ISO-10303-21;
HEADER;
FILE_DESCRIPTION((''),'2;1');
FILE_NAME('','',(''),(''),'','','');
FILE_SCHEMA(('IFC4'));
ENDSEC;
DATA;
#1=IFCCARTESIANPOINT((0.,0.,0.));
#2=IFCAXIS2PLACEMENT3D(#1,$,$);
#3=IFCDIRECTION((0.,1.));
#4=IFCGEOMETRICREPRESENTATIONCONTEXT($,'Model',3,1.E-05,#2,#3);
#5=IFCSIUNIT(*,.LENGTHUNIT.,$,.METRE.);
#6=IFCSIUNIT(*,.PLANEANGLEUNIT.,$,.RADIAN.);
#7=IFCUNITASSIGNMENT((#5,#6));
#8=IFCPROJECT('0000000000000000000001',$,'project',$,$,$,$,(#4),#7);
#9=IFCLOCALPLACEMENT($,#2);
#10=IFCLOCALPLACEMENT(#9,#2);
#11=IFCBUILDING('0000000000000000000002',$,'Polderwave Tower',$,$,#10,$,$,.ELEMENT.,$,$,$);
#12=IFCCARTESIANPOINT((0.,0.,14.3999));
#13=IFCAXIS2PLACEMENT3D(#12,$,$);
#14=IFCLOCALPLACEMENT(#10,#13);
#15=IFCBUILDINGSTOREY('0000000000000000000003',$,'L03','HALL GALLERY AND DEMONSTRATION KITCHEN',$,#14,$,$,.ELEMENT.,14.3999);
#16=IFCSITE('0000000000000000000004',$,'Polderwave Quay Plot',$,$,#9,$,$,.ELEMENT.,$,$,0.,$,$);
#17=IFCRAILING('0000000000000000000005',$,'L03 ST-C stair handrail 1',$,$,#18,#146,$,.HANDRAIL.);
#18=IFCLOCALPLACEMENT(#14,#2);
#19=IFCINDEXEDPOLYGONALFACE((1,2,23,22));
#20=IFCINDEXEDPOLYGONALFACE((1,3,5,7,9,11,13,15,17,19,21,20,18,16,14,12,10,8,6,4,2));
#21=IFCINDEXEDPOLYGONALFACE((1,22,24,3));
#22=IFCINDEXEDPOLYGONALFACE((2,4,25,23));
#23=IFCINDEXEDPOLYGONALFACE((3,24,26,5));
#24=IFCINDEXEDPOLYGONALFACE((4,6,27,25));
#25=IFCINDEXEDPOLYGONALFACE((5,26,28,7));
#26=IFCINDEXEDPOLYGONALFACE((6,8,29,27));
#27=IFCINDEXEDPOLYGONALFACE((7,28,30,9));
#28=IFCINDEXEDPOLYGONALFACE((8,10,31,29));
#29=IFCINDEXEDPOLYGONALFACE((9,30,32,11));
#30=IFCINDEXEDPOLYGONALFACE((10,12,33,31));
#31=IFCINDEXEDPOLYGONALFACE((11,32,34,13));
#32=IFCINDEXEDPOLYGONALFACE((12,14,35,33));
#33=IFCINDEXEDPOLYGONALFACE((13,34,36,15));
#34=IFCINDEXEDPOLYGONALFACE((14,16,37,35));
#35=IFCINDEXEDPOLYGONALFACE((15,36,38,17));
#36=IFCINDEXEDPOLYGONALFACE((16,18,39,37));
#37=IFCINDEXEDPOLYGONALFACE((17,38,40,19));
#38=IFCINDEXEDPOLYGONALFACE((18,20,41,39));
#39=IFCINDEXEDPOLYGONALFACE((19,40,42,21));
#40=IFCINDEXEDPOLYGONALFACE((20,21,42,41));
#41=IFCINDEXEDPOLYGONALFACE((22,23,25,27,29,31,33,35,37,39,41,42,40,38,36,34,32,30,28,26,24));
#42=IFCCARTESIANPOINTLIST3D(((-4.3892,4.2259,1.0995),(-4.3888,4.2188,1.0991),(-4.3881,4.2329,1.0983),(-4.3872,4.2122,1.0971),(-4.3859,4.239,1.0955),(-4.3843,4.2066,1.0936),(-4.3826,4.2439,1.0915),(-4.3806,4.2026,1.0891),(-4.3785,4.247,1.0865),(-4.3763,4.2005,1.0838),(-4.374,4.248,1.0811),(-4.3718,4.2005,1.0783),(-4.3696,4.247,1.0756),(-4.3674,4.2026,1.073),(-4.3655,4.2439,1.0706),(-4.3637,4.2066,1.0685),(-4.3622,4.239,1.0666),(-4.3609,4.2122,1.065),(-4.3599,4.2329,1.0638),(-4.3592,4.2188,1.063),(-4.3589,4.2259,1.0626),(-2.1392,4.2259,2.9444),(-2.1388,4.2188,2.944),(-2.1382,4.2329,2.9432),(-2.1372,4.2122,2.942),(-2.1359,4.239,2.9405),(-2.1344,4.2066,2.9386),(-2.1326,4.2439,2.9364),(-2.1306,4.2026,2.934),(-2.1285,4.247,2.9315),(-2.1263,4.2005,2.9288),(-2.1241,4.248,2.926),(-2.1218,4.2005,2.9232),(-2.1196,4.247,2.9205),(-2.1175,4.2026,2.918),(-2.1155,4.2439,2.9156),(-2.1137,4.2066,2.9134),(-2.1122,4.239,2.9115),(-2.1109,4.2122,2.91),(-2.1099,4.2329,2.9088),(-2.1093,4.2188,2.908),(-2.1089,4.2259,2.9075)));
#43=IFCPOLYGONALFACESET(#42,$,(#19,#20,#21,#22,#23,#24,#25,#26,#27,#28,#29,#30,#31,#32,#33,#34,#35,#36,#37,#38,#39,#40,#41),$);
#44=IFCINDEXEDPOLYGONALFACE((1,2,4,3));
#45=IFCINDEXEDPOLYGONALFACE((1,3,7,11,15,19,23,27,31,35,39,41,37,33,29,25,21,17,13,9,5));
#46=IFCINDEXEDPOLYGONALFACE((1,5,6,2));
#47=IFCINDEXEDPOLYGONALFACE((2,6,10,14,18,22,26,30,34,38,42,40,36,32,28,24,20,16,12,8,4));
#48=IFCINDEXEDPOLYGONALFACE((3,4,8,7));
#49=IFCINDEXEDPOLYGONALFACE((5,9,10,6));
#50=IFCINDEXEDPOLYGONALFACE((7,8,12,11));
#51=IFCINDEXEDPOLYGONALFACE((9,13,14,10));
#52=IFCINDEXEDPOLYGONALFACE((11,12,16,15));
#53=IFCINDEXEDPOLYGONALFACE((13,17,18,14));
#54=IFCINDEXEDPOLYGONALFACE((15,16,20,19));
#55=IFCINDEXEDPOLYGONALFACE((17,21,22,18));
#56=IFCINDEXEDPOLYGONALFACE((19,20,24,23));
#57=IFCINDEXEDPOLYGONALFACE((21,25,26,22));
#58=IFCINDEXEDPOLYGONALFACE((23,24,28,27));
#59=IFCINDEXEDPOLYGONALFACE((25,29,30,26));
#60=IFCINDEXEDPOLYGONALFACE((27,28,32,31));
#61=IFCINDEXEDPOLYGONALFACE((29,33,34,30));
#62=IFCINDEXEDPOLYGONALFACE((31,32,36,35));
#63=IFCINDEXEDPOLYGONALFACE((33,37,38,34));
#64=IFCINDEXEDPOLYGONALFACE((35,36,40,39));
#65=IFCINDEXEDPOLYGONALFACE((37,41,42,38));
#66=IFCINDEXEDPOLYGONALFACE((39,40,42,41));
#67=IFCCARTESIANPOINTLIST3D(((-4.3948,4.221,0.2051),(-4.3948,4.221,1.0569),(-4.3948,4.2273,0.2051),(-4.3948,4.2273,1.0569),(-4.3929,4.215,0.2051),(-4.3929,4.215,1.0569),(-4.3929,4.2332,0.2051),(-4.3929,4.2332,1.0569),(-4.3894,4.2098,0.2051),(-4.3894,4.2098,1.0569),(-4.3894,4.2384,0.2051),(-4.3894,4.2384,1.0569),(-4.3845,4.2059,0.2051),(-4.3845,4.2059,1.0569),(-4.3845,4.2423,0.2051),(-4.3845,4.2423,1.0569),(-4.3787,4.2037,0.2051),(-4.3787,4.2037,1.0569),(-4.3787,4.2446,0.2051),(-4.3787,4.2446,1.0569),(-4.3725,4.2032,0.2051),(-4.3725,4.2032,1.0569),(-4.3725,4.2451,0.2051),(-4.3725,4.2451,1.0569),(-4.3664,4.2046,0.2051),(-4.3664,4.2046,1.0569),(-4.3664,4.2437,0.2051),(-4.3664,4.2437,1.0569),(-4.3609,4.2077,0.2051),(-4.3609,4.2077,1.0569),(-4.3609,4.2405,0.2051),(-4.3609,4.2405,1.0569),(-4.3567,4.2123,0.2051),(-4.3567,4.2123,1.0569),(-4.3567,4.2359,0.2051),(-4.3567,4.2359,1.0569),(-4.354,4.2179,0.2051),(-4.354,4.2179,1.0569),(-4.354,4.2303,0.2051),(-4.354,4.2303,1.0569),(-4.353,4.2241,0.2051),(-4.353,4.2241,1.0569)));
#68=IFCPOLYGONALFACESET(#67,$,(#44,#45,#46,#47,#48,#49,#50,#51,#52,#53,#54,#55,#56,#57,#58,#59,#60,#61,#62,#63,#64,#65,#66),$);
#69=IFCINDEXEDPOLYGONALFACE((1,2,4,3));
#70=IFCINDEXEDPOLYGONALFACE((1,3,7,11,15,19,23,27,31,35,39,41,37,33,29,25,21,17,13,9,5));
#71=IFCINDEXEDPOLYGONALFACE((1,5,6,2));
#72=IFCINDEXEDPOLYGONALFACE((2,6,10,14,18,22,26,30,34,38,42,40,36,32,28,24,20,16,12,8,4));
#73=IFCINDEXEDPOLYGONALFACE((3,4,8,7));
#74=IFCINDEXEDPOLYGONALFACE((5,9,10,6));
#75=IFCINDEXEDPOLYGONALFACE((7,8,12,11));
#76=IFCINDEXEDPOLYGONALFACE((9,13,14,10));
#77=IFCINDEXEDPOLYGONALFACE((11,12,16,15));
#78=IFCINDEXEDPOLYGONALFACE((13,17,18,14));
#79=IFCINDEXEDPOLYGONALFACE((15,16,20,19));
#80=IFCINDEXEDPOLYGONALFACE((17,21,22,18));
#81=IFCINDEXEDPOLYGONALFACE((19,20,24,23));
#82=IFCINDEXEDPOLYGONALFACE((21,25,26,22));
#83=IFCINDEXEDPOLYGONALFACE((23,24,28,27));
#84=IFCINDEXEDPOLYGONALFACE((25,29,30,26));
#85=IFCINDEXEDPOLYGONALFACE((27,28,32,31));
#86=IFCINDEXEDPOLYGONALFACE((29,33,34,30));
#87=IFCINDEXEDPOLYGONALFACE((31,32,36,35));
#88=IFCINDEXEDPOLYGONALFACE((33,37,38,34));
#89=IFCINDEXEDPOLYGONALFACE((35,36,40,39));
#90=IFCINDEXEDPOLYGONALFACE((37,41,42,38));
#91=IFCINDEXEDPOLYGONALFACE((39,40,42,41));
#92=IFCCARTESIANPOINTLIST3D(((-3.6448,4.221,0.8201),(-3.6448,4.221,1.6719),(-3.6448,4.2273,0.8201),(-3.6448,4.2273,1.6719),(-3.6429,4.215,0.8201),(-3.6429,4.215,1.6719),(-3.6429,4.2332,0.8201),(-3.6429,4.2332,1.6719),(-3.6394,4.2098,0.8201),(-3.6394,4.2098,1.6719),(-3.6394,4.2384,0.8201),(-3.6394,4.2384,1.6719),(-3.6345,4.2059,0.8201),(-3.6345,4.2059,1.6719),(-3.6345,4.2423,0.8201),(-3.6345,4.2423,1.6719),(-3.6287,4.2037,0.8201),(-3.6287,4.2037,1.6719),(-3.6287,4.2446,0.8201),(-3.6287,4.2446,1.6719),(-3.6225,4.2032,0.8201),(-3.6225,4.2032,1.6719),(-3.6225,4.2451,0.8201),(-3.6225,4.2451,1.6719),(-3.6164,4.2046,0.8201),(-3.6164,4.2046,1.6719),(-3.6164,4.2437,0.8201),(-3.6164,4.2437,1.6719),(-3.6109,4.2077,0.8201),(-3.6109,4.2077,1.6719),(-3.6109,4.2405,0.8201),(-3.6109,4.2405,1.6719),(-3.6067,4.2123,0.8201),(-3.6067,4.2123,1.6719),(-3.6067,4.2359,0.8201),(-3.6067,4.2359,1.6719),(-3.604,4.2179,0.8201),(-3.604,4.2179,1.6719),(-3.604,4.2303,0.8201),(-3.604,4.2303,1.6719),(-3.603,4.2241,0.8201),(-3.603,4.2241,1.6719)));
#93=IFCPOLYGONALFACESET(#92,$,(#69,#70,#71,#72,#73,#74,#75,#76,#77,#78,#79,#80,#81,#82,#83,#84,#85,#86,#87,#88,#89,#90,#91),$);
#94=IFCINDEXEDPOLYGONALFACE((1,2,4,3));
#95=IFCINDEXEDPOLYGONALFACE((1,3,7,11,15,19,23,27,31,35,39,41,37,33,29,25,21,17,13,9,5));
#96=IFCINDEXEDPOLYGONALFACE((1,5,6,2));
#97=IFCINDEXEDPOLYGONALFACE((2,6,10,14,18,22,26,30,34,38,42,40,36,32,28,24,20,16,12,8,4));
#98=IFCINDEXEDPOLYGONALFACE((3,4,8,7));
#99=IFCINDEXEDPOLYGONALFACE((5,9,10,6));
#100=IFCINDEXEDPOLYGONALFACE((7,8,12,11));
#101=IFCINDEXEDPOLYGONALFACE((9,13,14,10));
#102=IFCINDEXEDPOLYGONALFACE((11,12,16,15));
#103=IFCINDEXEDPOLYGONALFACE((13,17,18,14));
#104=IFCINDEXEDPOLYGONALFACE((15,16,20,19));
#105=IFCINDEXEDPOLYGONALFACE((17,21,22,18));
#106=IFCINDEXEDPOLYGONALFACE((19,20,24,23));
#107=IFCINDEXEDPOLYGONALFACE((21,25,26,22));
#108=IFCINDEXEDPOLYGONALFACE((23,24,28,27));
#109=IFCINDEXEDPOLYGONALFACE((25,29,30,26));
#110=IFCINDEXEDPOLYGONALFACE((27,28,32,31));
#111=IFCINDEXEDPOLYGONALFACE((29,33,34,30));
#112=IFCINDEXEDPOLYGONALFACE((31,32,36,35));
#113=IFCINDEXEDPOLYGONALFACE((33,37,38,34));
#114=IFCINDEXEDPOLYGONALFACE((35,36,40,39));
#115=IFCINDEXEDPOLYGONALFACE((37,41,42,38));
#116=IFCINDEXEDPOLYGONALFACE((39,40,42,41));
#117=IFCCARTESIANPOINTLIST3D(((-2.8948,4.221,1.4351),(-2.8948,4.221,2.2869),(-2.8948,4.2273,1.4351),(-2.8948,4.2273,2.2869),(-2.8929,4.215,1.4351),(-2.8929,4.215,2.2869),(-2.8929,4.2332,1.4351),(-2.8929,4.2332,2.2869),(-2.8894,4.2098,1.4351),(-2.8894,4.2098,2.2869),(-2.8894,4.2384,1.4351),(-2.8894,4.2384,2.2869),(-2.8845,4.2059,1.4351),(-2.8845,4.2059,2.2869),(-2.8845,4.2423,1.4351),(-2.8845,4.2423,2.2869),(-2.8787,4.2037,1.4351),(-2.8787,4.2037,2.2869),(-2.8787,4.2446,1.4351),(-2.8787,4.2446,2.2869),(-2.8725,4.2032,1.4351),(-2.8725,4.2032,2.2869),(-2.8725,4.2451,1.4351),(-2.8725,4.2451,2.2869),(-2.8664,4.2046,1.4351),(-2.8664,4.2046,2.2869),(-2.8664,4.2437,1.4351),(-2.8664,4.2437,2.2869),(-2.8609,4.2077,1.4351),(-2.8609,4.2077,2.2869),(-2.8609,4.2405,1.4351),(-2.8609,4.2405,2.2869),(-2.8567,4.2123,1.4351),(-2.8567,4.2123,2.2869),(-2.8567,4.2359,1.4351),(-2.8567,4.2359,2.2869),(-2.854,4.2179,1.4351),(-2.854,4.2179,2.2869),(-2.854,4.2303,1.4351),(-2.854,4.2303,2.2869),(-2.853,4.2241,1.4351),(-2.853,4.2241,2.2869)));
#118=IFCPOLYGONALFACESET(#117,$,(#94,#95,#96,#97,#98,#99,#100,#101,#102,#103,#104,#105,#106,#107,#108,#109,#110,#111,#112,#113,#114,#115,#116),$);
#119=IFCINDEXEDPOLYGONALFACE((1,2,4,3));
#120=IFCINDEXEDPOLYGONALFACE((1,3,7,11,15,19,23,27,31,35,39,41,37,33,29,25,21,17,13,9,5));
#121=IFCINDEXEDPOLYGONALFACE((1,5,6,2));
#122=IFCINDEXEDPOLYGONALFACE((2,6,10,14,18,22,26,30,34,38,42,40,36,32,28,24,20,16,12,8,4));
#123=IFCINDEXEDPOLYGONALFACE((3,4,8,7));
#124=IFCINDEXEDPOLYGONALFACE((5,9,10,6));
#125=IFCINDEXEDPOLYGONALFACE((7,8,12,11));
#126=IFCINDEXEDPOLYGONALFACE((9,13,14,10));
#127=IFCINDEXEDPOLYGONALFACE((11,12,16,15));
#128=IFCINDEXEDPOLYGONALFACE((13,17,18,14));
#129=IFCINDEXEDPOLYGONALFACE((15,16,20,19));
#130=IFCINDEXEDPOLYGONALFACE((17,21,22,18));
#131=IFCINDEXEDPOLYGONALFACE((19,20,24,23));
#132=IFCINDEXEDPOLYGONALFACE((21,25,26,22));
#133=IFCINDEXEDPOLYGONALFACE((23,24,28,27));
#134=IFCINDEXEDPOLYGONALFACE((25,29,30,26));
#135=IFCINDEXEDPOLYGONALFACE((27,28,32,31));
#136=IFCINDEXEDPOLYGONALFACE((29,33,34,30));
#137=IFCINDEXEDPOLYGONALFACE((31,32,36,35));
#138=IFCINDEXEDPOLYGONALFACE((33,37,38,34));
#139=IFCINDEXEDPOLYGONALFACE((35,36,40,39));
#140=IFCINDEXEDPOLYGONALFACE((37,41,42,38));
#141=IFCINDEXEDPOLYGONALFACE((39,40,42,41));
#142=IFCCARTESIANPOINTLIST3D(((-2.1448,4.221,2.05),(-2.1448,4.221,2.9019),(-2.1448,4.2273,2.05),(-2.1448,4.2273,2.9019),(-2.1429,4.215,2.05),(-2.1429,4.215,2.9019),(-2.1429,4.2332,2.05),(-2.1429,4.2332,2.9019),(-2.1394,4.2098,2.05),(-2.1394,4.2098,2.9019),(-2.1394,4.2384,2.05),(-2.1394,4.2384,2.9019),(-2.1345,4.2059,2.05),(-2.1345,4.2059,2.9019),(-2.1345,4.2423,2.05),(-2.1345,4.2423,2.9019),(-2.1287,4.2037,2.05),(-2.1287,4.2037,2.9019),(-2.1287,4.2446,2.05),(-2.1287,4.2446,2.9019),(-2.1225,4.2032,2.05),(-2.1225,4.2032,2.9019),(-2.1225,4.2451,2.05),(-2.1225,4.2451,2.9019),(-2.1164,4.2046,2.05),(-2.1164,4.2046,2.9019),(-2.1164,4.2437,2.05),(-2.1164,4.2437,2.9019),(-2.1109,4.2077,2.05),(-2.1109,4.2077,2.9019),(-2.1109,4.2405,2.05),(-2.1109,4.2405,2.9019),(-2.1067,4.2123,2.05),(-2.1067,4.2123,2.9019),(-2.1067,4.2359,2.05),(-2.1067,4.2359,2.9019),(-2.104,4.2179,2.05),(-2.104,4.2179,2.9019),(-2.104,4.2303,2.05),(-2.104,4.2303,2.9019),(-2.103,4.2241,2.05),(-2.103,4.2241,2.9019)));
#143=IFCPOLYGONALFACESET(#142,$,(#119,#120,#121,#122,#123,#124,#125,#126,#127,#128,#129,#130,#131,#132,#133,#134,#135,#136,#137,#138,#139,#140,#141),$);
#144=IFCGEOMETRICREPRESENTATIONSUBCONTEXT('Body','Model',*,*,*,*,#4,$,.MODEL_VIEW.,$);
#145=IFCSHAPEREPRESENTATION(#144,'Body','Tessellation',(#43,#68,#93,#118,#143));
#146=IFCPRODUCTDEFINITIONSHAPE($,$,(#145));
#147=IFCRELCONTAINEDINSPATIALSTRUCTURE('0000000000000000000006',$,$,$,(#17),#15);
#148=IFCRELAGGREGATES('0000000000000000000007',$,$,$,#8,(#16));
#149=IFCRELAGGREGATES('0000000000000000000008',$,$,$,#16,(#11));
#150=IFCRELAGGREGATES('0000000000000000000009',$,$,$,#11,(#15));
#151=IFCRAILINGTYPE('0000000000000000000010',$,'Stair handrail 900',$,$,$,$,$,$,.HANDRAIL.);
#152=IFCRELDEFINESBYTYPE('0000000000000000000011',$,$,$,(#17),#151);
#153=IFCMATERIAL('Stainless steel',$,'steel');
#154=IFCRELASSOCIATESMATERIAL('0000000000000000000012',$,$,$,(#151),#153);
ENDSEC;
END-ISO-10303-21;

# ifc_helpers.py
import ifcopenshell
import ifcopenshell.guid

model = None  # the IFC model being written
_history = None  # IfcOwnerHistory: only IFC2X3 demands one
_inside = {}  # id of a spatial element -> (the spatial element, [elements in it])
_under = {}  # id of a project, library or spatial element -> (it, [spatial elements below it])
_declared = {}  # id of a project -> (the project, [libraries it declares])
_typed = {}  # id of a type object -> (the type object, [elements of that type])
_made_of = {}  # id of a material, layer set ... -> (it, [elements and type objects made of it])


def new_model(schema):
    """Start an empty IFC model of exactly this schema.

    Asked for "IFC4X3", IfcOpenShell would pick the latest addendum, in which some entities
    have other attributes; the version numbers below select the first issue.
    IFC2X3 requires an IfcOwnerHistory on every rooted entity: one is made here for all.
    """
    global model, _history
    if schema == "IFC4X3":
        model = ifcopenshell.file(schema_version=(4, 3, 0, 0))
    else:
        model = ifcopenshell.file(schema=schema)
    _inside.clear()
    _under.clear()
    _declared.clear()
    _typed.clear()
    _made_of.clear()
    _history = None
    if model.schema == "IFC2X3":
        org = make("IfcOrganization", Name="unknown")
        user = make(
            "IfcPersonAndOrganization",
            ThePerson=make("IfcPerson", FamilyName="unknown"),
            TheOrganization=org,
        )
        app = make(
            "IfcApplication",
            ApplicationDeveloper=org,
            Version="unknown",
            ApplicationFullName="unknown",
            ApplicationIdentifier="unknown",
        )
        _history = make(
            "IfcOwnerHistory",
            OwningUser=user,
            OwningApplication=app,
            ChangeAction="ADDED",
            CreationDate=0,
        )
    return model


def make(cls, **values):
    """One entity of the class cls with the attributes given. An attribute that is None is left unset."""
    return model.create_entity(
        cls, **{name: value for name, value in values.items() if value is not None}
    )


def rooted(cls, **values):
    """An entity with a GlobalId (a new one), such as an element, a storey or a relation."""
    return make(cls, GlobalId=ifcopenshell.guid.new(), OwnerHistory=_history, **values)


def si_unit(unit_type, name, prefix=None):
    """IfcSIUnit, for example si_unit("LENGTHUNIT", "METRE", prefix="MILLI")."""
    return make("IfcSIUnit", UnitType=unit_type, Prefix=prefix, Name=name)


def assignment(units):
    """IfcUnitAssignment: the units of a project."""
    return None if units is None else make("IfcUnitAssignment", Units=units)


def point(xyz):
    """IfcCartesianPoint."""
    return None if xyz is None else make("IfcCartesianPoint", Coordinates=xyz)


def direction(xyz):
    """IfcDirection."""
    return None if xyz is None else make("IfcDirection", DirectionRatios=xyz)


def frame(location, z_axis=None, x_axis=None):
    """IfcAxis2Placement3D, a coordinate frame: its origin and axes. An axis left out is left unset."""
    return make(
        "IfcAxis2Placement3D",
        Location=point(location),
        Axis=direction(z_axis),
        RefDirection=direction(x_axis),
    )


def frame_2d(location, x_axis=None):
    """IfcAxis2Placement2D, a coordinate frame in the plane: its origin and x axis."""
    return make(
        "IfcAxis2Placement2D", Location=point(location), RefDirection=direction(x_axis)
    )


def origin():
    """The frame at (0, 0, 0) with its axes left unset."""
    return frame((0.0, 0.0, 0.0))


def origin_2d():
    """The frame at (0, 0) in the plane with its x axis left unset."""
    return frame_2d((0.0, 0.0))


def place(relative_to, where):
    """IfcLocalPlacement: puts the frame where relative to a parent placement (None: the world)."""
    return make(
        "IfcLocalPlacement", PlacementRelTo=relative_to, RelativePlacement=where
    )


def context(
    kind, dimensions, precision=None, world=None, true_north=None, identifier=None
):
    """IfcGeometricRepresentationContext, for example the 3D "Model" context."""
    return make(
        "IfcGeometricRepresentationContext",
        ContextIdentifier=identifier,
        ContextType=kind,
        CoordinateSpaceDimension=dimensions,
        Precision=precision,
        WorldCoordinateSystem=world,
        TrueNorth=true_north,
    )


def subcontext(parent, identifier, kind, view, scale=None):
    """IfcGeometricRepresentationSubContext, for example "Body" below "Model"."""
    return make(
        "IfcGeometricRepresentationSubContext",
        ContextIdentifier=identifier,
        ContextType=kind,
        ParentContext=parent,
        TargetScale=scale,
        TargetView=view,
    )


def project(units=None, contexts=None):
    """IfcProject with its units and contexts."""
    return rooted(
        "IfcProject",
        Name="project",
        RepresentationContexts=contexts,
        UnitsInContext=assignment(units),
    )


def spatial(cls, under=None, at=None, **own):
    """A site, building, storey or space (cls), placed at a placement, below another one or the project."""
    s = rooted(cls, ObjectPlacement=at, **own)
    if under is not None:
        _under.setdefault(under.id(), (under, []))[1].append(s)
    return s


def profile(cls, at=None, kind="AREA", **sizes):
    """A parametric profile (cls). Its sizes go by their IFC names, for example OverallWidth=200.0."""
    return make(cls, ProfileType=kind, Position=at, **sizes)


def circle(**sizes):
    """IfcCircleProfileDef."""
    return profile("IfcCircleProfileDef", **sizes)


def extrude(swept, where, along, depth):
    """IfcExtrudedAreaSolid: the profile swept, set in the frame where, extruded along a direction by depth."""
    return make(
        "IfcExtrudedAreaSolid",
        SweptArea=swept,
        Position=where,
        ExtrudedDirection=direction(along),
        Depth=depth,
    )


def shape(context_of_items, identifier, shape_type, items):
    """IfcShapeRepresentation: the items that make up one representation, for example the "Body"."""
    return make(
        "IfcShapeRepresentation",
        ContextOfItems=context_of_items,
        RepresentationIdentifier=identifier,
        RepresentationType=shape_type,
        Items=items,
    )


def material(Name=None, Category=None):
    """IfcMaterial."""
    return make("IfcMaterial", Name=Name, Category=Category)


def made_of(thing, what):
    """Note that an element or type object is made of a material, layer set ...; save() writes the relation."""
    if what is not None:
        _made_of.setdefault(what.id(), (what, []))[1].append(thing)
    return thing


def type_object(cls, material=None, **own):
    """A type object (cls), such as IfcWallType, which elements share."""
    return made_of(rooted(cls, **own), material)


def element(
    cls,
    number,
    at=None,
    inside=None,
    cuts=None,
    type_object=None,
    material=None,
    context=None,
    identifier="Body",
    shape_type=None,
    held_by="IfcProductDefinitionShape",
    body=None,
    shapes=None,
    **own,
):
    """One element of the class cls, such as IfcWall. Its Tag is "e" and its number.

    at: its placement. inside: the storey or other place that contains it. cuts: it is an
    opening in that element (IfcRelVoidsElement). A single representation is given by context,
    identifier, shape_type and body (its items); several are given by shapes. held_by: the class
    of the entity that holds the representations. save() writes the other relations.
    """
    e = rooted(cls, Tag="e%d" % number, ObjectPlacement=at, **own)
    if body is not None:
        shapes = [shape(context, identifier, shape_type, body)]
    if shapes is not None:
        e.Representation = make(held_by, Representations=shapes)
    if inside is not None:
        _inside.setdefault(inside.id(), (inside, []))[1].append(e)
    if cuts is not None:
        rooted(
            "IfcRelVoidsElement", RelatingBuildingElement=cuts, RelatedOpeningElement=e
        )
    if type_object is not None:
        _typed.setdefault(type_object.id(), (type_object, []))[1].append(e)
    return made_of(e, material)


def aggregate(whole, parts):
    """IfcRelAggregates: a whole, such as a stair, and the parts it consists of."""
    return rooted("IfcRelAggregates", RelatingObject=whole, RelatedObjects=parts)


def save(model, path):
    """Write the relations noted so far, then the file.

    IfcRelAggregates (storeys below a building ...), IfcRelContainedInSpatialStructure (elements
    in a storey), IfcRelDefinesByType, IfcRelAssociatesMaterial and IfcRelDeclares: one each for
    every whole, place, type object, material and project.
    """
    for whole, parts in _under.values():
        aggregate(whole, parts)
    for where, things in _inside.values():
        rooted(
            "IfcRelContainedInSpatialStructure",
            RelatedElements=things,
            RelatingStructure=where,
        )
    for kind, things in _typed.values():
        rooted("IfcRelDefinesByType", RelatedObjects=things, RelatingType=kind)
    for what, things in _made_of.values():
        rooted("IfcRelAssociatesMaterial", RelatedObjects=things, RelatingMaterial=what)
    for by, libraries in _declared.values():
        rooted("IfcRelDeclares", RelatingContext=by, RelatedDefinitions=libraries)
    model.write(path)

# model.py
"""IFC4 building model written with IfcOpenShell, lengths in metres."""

from ifc_helpers import new_model, si_unit, direction, frame, origin, origin_2d, place, context, subcontext, project, spatial, circle, extrude, material, type_object, element, save


model = new_model("IFC4")

# Units and contexts
model_context = context("Model", 3, precision=1e-05, world=origin(), true_north=direction((0.0, 1.0)))
body_context = subcontext(model_context, "Body", "Model", "MODEL_VIEW")
ifc_project = project(units=[si_unit("LENGTHUNIT", "METRE"), si_unit("PLANEANGLEUNIT", "RADIAN")], contexts=[model_context])

# Site, building, storey
site_placement = place(None, origin())
site = spatial("IfcSite", under=ifc_project, at=site_placement, Name="Polderwave Quay Plot", CompositionType="ELEMENT", RefElevation=0.0)
building_placement = place(site_placement, origin())
building = spatial("IfcBuilding", under=site, at=building_placement, Name="Polderwave Tower", CompositionType="ELEMENT")
storey_placement = place(building_placement, frame((0.0, 0.0, 14.3999)))
storey = spatial("IfcBuildingStorey", under=building, at=storey_placement, Name="L03", Description="HALL GALLERY AND DEMONSTRATION KITCHEN", CompositionType="ELEMENT", Elevation=14.3999)

# Railing
ifc_material_1 = material(Name="Stainless steel", Category="steel")
railing_type_1 = type_object("IfcRailingType", Name="Stair handrail 900", PredefinedType="HANDRAIL", material=ifc_material_1)
railing_1_placement = place(storey_placement, frame((-4.374, 4.2241, 0.2051)))
element("IfcRailing", 1, at=railing_1_placement, inside=storey, type_object=railing_type_1, Name="L03 ST-C stair handrail 1", PredefinedType="HANDRAIL", context=body_context, shape_type="SweptSolid", body=[
    extrude(circle(Radius=0.0239, at=origin_2d()), frame((0.0, 0.0, 0.876), z_axis=(0.773273, 0.0, 0.634074), x_axis=(0.0, 1.0, 0.0)), (0.0, 0.0, 1.0), 2.9097),
    extrude(circle(Radius=0.021, at=origin_2d()), origin(), (0.0, 0.0, 1.0), 0.8518),
    extrude(circle(Radius=0.021, at=origin_2d()), frame((0.75, 0.0, 0.615)), (0.0, 0.0, 1.0), 0.8518),
    extrude(circle(Radius=0.021, at=origin_2d()), frame((1.5, 0.0, 1.23)), (0.0, 0.0, 1.0), 0.8518),
    extrude(circle(Radius=0.021, at=origin_2d()), frame((2.25, 0.0, 1.845)), (0.0, 0.0, 1.0), 0.8518),
])

save(model, "model.ifc")
